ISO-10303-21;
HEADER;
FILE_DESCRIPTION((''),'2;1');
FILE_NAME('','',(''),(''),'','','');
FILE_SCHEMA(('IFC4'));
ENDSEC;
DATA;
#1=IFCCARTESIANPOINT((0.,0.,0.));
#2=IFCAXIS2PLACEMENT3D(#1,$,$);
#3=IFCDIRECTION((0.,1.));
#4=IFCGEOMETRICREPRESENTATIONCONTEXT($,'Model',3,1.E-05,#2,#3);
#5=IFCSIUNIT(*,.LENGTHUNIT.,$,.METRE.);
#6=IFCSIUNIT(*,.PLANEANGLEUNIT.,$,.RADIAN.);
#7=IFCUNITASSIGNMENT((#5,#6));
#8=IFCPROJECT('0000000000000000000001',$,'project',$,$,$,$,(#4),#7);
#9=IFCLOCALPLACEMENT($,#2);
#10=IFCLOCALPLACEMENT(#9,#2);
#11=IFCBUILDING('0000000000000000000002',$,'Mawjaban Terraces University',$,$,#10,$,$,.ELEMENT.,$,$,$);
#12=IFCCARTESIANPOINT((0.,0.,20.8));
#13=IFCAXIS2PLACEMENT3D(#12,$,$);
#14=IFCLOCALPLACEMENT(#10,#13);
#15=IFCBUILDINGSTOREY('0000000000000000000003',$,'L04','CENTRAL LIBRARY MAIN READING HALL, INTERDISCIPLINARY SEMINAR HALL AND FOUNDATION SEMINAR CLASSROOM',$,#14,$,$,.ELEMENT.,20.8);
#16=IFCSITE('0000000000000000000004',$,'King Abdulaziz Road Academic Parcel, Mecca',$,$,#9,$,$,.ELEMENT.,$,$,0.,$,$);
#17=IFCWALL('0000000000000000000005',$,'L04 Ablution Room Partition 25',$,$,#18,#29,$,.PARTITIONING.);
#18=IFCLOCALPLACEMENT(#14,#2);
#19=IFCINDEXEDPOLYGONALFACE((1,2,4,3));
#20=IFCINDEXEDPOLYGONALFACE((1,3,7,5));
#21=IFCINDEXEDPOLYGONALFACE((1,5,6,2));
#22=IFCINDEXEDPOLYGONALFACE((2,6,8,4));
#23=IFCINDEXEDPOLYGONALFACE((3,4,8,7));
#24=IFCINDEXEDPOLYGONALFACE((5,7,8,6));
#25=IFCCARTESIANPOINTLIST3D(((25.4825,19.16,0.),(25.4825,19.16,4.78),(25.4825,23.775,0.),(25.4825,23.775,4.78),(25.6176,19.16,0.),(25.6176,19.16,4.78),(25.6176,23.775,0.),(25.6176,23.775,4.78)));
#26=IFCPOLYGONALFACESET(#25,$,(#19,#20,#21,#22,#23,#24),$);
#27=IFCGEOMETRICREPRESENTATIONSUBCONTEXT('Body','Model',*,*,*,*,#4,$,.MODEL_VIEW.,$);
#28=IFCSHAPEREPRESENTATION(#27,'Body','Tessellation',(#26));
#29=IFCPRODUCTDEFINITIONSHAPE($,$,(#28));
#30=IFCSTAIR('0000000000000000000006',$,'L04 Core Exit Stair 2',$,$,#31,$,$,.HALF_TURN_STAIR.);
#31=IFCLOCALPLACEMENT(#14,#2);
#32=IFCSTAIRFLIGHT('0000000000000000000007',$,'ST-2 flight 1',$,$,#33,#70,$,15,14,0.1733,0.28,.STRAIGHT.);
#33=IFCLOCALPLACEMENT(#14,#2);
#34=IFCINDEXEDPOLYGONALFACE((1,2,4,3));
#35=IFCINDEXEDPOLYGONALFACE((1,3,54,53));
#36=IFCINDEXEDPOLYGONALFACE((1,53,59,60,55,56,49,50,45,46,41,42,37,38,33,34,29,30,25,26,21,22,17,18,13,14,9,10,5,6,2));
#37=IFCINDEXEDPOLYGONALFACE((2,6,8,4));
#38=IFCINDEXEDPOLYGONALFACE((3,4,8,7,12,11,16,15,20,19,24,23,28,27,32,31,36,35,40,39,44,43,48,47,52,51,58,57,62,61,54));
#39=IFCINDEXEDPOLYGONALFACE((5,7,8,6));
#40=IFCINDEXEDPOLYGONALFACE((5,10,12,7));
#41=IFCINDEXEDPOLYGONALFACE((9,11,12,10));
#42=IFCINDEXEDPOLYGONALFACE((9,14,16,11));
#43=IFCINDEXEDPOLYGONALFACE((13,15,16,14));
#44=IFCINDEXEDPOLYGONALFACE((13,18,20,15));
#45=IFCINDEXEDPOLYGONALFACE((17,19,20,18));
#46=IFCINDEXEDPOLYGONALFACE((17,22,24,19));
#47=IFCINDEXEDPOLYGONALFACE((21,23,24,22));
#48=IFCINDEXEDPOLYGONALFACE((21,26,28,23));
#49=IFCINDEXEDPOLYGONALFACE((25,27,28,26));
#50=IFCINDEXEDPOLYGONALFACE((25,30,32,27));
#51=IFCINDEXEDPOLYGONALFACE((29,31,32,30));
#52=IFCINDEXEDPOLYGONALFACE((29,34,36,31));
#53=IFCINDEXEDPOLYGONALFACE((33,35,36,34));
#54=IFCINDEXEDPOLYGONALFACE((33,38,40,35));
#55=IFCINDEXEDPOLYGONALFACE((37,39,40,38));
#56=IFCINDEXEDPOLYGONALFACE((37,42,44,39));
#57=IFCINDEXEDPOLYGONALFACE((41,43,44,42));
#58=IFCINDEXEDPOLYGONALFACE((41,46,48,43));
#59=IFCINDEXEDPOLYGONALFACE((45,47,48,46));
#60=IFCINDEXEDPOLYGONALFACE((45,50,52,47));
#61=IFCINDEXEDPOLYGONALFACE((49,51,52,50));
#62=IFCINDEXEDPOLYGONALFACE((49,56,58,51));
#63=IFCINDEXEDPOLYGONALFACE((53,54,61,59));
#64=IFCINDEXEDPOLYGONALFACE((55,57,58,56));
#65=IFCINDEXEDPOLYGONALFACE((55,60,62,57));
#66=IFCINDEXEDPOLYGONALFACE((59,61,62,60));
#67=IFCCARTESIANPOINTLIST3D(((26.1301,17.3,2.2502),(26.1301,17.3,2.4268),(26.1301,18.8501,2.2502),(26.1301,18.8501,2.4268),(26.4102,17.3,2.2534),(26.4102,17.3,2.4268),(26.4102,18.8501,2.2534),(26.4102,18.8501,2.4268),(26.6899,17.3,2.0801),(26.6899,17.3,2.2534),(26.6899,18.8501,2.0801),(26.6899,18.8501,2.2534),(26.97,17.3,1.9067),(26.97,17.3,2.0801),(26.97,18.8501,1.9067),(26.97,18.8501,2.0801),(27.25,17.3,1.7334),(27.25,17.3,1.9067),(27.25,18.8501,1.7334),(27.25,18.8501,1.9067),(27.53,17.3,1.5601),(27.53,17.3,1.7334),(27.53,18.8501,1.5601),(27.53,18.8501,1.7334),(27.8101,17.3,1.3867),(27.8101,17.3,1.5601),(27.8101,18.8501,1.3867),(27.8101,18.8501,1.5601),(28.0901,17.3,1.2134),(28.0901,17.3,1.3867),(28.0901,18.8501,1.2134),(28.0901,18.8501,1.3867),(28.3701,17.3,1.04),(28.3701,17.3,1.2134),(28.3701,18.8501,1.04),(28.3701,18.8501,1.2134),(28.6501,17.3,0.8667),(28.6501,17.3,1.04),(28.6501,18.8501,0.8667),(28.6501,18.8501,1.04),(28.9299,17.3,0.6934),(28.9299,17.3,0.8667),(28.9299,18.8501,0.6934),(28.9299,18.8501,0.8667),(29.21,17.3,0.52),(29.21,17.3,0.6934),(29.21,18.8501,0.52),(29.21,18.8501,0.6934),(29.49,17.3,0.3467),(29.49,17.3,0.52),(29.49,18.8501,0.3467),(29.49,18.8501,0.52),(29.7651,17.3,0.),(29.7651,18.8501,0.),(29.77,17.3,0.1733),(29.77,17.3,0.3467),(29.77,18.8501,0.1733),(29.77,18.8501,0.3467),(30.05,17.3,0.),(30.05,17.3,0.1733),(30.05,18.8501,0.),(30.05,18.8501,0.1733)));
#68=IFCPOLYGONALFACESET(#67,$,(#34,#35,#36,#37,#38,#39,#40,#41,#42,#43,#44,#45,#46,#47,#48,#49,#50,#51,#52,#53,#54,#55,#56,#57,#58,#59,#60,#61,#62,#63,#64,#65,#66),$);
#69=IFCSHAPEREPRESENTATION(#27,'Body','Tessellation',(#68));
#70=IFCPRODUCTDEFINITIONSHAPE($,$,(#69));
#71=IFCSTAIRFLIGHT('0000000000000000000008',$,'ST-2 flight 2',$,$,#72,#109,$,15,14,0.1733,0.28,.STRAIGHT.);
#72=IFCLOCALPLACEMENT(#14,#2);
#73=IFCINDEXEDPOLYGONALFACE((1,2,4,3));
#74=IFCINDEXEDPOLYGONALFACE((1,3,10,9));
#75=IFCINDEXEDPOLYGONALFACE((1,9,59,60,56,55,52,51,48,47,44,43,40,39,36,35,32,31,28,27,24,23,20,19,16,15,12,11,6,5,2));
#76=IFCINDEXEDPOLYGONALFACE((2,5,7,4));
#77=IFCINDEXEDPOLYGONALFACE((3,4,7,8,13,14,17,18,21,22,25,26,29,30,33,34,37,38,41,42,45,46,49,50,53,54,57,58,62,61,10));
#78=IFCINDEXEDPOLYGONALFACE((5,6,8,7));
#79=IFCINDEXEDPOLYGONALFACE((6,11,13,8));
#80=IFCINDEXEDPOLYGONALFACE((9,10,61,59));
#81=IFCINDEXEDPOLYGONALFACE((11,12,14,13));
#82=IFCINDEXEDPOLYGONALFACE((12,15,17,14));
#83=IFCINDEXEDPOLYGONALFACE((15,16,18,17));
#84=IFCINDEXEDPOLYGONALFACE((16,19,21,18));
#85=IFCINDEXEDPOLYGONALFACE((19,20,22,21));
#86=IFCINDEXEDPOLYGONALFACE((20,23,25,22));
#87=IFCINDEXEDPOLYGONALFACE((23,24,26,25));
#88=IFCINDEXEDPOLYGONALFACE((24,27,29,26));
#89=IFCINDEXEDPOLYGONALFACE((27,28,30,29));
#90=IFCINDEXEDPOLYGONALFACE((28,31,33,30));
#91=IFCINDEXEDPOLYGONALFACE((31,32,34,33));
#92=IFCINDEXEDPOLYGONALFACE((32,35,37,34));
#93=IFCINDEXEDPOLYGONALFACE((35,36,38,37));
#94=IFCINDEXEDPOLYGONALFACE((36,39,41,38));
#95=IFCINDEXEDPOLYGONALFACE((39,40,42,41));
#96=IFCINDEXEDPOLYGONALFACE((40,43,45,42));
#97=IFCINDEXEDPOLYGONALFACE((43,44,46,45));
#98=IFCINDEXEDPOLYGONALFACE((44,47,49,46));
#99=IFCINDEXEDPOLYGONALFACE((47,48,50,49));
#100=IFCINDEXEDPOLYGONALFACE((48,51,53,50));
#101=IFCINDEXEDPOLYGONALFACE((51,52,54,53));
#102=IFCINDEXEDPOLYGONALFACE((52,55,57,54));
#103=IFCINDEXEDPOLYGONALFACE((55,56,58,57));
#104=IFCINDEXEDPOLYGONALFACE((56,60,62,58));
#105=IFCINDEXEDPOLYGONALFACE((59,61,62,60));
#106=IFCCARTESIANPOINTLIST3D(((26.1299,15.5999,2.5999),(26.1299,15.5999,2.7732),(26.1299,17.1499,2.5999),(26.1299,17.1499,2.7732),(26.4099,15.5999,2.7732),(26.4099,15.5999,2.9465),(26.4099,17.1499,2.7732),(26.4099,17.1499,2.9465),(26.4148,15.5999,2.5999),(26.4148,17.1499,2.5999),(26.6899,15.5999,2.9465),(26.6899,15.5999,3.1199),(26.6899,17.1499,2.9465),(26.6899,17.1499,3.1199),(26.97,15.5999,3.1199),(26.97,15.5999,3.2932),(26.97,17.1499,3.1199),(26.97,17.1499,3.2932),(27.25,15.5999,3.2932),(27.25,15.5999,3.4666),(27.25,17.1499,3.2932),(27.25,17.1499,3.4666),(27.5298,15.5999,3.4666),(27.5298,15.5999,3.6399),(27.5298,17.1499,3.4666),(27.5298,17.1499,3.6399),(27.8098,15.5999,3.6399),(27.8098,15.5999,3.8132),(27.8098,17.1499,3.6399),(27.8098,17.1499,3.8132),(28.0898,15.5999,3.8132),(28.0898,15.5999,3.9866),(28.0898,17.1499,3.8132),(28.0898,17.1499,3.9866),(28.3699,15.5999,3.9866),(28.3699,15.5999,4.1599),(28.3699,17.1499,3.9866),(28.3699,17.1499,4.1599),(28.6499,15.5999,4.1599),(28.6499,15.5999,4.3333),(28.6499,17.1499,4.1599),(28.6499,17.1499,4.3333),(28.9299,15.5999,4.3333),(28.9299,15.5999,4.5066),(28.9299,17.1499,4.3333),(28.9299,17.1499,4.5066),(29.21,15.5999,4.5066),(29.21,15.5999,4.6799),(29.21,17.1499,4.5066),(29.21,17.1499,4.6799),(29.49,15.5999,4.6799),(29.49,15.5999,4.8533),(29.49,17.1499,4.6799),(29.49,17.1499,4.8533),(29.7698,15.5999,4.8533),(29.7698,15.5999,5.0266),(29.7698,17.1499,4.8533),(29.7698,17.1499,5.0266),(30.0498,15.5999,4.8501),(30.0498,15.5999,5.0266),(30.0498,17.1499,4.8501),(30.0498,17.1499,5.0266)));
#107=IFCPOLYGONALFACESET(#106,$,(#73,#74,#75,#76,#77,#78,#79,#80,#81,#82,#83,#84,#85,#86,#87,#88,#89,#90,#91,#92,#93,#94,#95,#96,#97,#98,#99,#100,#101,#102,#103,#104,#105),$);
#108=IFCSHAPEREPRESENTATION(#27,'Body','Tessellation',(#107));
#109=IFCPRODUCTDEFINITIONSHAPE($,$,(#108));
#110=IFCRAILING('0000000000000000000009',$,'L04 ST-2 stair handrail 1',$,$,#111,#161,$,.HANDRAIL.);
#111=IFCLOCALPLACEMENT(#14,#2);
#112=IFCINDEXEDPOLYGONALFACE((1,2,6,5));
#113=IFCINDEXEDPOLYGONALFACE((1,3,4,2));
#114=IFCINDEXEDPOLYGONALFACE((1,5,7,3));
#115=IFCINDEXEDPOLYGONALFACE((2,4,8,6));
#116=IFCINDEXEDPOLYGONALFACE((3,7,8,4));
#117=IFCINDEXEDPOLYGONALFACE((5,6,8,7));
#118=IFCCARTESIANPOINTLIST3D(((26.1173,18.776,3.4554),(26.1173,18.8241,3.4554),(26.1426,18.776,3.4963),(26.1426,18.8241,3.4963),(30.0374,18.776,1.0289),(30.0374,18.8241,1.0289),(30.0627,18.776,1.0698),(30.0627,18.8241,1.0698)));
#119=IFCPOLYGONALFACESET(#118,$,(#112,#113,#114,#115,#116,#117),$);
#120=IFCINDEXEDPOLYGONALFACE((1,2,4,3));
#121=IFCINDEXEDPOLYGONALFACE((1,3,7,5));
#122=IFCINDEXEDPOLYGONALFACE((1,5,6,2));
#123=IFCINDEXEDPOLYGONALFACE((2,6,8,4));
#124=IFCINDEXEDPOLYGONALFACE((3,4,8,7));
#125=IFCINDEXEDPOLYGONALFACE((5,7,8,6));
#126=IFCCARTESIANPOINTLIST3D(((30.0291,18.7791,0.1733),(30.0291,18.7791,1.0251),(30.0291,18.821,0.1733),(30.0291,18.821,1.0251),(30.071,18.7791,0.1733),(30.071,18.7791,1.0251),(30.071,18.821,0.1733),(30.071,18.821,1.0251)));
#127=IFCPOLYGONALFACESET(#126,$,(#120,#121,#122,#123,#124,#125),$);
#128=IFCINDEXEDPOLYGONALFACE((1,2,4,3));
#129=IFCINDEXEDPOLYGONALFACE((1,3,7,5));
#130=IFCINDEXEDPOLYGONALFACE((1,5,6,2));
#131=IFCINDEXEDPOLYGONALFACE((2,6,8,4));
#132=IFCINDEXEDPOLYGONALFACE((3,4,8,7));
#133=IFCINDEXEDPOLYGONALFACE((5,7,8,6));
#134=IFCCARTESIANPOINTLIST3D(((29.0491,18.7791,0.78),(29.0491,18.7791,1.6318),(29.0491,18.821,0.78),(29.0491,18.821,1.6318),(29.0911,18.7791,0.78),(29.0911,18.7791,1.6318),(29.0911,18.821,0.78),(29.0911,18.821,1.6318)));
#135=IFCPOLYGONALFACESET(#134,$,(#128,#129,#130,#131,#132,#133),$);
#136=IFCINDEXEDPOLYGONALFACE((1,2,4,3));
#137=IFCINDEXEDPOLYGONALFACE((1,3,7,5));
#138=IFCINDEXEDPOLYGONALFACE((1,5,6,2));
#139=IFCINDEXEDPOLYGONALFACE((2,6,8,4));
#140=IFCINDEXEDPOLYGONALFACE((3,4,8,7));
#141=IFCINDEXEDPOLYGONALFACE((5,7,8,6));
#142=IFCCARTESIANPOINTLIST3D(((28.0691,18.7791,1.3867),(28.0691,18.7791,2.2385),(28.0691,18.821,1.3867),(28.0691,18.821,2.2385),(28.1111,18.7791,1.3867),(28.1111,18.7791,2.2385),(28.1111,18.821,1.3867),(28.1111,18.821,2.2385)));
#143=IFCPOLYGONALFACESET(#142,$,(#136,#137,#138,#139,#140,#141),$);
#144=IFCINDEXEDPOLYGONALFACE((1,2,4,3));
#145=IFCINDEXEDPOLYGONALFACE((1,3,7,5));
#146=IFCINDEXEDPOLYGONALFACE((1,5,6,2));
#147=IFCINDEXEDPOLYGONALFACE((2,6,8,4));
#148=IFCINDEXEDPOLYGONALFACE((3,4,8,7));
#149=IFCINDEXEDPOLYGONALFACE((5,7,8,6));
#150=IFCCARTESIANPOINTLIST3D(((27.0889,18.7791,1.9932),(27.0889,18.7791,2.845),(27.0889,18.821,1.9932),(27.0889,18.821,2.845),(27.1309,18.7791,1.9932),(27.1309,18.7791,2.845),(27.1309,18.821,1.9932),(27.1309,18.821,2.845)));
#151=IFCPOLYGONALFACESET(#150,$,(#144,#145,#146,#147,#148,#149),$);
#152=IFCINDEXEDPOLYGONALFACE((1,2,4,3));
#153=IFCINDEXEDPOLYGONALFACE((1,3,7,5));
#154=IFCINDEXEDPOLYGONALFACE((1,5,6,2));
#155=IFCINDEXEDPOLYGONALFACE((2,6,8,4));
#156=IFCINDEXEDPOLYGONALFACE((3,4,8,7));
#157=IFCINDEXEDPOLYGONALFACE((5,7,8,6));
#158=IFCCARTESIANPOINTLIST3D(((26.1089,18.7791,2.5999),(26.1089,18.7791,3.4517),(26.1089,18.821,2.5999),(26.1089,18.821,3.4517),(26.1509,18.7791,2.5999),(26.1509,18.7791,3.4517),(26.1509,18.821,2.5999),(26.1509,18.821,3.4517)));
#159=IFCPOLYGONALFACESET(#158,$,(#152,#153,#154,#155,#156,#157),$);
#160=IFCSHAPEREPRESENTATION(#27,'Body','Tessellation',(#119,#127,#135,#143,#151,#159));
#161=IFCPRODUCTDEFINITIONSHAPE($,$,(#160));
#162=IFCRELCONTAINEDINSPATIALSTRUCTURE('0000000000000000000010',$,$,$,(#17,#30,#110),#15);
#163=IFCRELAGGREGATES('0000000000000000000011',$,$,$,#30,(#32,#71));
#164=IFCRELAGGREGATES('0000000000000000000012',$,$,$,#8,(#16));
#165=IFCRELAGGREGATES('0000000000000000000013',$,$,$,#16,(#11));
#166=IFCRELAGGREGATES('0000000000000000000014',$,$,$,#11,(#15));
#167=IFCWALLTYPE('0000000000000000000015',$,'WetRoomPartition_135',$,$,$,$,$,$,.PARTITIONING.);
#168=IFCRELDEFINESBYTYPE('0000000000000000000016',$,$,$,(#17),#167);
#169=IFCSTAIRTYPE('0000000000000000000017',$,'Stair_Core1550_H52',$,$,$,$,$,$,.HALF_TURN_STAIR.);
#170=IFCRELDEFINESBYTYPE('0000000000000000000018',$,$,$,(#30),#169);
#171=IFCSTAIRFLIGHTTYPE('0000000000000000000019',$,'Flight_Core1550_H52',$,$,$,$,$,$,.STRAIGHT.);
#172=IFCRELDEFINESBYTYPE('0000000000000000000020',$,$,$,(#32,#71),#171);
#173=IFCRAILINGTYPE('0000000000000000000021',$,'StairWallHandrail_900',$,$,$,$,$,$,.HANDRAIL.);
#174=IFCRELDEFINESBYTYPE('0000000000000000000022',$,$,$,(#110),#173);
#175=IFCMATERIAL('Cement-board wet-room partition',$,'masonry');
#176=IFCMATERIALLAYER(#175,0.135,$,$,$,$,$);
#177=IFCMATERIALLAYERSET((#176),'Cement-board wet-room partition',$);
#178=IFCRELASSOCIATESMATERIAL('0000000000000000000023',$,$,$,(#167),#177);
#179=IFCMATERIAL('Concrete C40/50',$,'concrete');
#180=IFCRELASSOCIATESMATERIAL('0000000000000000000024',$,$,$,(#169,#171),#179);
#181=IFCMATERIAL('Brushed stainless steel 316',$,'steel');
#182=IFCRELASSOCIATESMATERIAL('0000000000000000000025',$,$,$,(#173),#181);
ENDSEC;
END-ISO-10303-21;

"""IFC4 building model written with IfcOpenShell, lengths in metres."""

from ifc_helpers import new_model, si_unit, direction, frame, frame_2d, origin, origin_2d, place, context, subcontext, project, spatial, polyline, rectangle, outline, extrude, material, layer, layer_set, type_object, element, aggregate, save


model = new_model("IFC4")

# Units and contexts
model_context = context("Model", 3, precision=1e-05, world=origin(), true_north=direction((0.0, 1.0)))
body_context = subcontext(model_context, "Body", "Model", "MODEL_VIEW")
ifc_project = project(units=[si_unit("LENGTHUNIT", "METRE"), si_unit("PLANEANGLEUNIT", "RADIAN")], contexts=[model_context])

# Site, building, storey
site_placement = place(None, origin())
site = spatial("IfcSite", under=ifc_project, at=site_placement, Name="King Abdulaziz Road Academic Parcel, Mecca", CompositionType="ELEMENT", RefElevation=0.0)
building_placement = place(site_placement, origin())
building = spatial("IfcBuilding", under=site, at=building_placement, Name="Mawjaban Terraces University", CompositionType="ELEMENT")
storey_placement = place(building_placement, frame((0.0, 0.0, 20.8)))
storey = spatial("IfcBuildingStorey", under=building, at=storey_placement, Name="L04", Description="CENTRAL LIBRARY MAIN READING HALL, INTERDISCIPLINARY SEMINAR HALL AND FOUNDATION SEMINAR CLASSROOM", CompositionType="ELEMENT", Elevation=20.8)

# Shared definitions
ifc_material_1 = material(Name="Concrete C40/50", Category="concrete")

# Wall
ifc_material_2 = material(Name="Cement-board wet-room partition", Category="masonry")
ifc_layer_1 = layer(ifc_material_2, 0.135)
ifc_layer_set_1 = layer_set([ifc_layer_1], Name="Cement-board wet-room partition")
wall_type_1 = type_object("IfcWallType", Name="WetRoomPartition_135", PredefinedType="PARTITIONING", material=ifc_layer_set_1)
wall_1_placement = place(storey_placement, frame((25.55, 19.1599, 0.0), z_axis=(0.0, 0.0, 1.0), x_axis=(0.0, 1.0, 0.0)))
element("IfcWall", 1, at=wall_1_placement, inside=storey, type_object=wall_type_1, Name="L04 Ablution Room Partition 25", PredefinedType="PARTITIONING", context=body_context, shape_type="SweptSolid", body=[
    extrude(rectangle(XDim=4.615, YDim=0.135, at=frame_2d((2.3076, 0.0))), origin(), (0.0, 0.0, 1.0), 4.78),
])

# Stair, stair flights
stair_type = type_object("IfcStairType", Name="Stair_Core1550_H52", PredefinedType="HALF_TURN_STAIR", material=ifc_material_1)
stair_placement = place(storey_placement, origin())
stair = element("IfcStair", 2, at=stair_placement, inside=storey, type_object=stair_type, Name="L04 Core Exit Stair 2", PredefinedType="HALF_TURN_STAIR")
stair_flight_type = type_object("IfcStairFlightType", Name="Flight_Core1550_H52", PredefinedType="STRAIGHT", material=ifc_material_1)
stair_flight_1_placement = place(storey_placement, frame((30.05, 18.075, 0.0), z_axis=(0.0, 0.0, 1.0), x_axis=(-1.0, 0.0, 0.0)))
stair_flight_1 = element("IfcStairFlight", 3, at=stair_flight_1_placement, type_object=stair_flight_type, Name="ST-2 flight 1", NumberOfRisers=15, NumberOfTreads=14, PredefinedType="STRAIGHT", RiserHeight=0.1733, TreadLength=0.28, context=body_context, shape_type="SweptSolid", body=[
    extrude(outline(polyline([(0.0, 0.0), (0.0, 0.1733), (0.28, 0.1733), (0.28, 0.3467), (0.5601, 0.3467), (0.5601, 0.52), (0.8401, 0.52), (0.8401, 0.6934), (1.1201, 0.6934), (1.1201, 0.8667), (1.3999, 0.8667), (1.3999, 1.04), (1.6799, 1.04), (1.6799, 1.2134), (1.96, 1.2134), (1.96, 1.3867), (2.24, 1.3867), (2.24, 1.5601), (2.52, 1.5601), (2.52, 1.7334), (2.8, 1.7334), (2.8, 1.9067), (3.0801, 1.9067), (3.0801, 2.0801), (3.3601, 2.0801), (3.3601, 2.2534), (3.6399, 2.2534), (3.6399, 2.4268), (3.9199, 2.4268), (3.9199, 2.6001), (3.9199, 2.2502), (0.2849, 0.0), (0.0, 0.0)])), frame((0.0, 0.7749, 0.0), z_axis=(0.0, -1.0, 0.0), x_axis=(1.0, 0.0, 0.0)), (0.0, 0.0, 1.0), 1.55),
])
stair_flight_2_placement = place(storey_placement, frame((26.1299, 16.375, 2.5999), z_axis=(0.0, 0.0, 1.0), x_axis=(1.0, 0.0, 0.0)))
stair_flight_2 = element("IfcStairFlight", 4, at=stair_flight_2_placement, type_object=stair_flight_type, Name="ST-2 flight 2", NumberOfRisers=15, NumberOfTreads=14, PredefinedType="STRAIGHT", RiserHeight=0.1733, TreadLength=0.28, context=body_context, shape_type="SweptSolid", body=[
    extrude(outline(polyline([(0.0, 0.0), (0.0, 0.1733), (0.28, 0.1733), (0.28, 0.3467), (0.5601, 0.3467), (0.5601, 0.52), (0.8401, 0.52), (0.8401, 0.6934), (1.1201, 0.6934), (1.1201, 0.8667), (1.3999, 0.8667), (1.3999, 1.04), (1.6799, 1.04), (1.6799, 1.2134), (1.96, 1.2134), (1.96, 1.3867), (2.24, 1.3867), (2.24, 1.5601), (2.52, 1.5601), (2.52, 1.7334), (2.8, 1.7334), (2.8, 1.9067), (3.0801, 1.9067), (3.0801, 2.0801), (3.3601, 2.0801), (3.3601, 2.2534), (3.6399, 2.2534), (3.6399, 2.4268), (3.9199, 2.4268), (3.9199, 2.6001), (3.9199, 2.2502), (0.2849, 0.0), (0.0, 0.0)])), frame((0.0, 0.7749, 0.0), z_axis=(0.0, -1.0, 0.0), x_axis=(1.0, 0.0, 0.0)), (0.0, 0.0, 1.0), 1.55),
])
aggregate(stair, [stair_flight_1, stair_flight_2])

# Railing
ifc_material_3 = material(Name="Brushed stainless steel 316", Category="steel")
railing_type_1 = type_object("IfcRailingType", Name="StairWallHandrail_900", PredefinedType="HANDRAIL", material=ifc_material_3)
railing_1_placement = place(storey_placement, frame((30.05, 18.8, 0.1733)))
element("IfcRailing", 5, at=railing_1_placement, inside=storey, type_object=railing_type_1, Name="L04 ST-2 stair handrail 1", PredefinedType="HANDRAIL", context=body_context, shape_type="SweptSolid", body=[
    extrude(rectangle(XDim=0.0481, YDim=0.0481, at=origin_2d()), frame((0.0, 0.0, 0.876), z_axis=(-0.85029, 0.0, 0.526315), x_axis=(0.0, -1.0, 0.0)), (0.0, 0.0, 1.0), 4.6104),
    extrude(rectangle(XDim=0.042, YDim=0.042, at=origin_2d()), origin(), (0.0, 0.0, 1.0), 0.8518),
    extrude(rectangle(XDim=0.042, YDim=0.042, at=origin_2d()), frame((-0.98, 0.0, 0.6067)), (0.0, 0.0, 1.0), 0.8518),
    extrude(rectangle(XDim=0.042, YDim=0.042, at=origin_2d()), frame((-1.96, 0.0, 1.2134)), (0.0, 0.0, 1.0), 0.8518),
    extrude(rectangle(XDim=0.042, YDim=0.042, at=origin_2d()), frame((-2.9402, 0.0, 1.8198)), (0.0, 0.0, 1.0), 0.8518),
    extrude(rectangle(XDim=0.042, YDim=0.042, at=origin_2d()), frame((-3.9202, 0.0, 2.4265)), (0.0, 0.0, 1.0), 0.8518),
])

save(model, "model.ifc")
